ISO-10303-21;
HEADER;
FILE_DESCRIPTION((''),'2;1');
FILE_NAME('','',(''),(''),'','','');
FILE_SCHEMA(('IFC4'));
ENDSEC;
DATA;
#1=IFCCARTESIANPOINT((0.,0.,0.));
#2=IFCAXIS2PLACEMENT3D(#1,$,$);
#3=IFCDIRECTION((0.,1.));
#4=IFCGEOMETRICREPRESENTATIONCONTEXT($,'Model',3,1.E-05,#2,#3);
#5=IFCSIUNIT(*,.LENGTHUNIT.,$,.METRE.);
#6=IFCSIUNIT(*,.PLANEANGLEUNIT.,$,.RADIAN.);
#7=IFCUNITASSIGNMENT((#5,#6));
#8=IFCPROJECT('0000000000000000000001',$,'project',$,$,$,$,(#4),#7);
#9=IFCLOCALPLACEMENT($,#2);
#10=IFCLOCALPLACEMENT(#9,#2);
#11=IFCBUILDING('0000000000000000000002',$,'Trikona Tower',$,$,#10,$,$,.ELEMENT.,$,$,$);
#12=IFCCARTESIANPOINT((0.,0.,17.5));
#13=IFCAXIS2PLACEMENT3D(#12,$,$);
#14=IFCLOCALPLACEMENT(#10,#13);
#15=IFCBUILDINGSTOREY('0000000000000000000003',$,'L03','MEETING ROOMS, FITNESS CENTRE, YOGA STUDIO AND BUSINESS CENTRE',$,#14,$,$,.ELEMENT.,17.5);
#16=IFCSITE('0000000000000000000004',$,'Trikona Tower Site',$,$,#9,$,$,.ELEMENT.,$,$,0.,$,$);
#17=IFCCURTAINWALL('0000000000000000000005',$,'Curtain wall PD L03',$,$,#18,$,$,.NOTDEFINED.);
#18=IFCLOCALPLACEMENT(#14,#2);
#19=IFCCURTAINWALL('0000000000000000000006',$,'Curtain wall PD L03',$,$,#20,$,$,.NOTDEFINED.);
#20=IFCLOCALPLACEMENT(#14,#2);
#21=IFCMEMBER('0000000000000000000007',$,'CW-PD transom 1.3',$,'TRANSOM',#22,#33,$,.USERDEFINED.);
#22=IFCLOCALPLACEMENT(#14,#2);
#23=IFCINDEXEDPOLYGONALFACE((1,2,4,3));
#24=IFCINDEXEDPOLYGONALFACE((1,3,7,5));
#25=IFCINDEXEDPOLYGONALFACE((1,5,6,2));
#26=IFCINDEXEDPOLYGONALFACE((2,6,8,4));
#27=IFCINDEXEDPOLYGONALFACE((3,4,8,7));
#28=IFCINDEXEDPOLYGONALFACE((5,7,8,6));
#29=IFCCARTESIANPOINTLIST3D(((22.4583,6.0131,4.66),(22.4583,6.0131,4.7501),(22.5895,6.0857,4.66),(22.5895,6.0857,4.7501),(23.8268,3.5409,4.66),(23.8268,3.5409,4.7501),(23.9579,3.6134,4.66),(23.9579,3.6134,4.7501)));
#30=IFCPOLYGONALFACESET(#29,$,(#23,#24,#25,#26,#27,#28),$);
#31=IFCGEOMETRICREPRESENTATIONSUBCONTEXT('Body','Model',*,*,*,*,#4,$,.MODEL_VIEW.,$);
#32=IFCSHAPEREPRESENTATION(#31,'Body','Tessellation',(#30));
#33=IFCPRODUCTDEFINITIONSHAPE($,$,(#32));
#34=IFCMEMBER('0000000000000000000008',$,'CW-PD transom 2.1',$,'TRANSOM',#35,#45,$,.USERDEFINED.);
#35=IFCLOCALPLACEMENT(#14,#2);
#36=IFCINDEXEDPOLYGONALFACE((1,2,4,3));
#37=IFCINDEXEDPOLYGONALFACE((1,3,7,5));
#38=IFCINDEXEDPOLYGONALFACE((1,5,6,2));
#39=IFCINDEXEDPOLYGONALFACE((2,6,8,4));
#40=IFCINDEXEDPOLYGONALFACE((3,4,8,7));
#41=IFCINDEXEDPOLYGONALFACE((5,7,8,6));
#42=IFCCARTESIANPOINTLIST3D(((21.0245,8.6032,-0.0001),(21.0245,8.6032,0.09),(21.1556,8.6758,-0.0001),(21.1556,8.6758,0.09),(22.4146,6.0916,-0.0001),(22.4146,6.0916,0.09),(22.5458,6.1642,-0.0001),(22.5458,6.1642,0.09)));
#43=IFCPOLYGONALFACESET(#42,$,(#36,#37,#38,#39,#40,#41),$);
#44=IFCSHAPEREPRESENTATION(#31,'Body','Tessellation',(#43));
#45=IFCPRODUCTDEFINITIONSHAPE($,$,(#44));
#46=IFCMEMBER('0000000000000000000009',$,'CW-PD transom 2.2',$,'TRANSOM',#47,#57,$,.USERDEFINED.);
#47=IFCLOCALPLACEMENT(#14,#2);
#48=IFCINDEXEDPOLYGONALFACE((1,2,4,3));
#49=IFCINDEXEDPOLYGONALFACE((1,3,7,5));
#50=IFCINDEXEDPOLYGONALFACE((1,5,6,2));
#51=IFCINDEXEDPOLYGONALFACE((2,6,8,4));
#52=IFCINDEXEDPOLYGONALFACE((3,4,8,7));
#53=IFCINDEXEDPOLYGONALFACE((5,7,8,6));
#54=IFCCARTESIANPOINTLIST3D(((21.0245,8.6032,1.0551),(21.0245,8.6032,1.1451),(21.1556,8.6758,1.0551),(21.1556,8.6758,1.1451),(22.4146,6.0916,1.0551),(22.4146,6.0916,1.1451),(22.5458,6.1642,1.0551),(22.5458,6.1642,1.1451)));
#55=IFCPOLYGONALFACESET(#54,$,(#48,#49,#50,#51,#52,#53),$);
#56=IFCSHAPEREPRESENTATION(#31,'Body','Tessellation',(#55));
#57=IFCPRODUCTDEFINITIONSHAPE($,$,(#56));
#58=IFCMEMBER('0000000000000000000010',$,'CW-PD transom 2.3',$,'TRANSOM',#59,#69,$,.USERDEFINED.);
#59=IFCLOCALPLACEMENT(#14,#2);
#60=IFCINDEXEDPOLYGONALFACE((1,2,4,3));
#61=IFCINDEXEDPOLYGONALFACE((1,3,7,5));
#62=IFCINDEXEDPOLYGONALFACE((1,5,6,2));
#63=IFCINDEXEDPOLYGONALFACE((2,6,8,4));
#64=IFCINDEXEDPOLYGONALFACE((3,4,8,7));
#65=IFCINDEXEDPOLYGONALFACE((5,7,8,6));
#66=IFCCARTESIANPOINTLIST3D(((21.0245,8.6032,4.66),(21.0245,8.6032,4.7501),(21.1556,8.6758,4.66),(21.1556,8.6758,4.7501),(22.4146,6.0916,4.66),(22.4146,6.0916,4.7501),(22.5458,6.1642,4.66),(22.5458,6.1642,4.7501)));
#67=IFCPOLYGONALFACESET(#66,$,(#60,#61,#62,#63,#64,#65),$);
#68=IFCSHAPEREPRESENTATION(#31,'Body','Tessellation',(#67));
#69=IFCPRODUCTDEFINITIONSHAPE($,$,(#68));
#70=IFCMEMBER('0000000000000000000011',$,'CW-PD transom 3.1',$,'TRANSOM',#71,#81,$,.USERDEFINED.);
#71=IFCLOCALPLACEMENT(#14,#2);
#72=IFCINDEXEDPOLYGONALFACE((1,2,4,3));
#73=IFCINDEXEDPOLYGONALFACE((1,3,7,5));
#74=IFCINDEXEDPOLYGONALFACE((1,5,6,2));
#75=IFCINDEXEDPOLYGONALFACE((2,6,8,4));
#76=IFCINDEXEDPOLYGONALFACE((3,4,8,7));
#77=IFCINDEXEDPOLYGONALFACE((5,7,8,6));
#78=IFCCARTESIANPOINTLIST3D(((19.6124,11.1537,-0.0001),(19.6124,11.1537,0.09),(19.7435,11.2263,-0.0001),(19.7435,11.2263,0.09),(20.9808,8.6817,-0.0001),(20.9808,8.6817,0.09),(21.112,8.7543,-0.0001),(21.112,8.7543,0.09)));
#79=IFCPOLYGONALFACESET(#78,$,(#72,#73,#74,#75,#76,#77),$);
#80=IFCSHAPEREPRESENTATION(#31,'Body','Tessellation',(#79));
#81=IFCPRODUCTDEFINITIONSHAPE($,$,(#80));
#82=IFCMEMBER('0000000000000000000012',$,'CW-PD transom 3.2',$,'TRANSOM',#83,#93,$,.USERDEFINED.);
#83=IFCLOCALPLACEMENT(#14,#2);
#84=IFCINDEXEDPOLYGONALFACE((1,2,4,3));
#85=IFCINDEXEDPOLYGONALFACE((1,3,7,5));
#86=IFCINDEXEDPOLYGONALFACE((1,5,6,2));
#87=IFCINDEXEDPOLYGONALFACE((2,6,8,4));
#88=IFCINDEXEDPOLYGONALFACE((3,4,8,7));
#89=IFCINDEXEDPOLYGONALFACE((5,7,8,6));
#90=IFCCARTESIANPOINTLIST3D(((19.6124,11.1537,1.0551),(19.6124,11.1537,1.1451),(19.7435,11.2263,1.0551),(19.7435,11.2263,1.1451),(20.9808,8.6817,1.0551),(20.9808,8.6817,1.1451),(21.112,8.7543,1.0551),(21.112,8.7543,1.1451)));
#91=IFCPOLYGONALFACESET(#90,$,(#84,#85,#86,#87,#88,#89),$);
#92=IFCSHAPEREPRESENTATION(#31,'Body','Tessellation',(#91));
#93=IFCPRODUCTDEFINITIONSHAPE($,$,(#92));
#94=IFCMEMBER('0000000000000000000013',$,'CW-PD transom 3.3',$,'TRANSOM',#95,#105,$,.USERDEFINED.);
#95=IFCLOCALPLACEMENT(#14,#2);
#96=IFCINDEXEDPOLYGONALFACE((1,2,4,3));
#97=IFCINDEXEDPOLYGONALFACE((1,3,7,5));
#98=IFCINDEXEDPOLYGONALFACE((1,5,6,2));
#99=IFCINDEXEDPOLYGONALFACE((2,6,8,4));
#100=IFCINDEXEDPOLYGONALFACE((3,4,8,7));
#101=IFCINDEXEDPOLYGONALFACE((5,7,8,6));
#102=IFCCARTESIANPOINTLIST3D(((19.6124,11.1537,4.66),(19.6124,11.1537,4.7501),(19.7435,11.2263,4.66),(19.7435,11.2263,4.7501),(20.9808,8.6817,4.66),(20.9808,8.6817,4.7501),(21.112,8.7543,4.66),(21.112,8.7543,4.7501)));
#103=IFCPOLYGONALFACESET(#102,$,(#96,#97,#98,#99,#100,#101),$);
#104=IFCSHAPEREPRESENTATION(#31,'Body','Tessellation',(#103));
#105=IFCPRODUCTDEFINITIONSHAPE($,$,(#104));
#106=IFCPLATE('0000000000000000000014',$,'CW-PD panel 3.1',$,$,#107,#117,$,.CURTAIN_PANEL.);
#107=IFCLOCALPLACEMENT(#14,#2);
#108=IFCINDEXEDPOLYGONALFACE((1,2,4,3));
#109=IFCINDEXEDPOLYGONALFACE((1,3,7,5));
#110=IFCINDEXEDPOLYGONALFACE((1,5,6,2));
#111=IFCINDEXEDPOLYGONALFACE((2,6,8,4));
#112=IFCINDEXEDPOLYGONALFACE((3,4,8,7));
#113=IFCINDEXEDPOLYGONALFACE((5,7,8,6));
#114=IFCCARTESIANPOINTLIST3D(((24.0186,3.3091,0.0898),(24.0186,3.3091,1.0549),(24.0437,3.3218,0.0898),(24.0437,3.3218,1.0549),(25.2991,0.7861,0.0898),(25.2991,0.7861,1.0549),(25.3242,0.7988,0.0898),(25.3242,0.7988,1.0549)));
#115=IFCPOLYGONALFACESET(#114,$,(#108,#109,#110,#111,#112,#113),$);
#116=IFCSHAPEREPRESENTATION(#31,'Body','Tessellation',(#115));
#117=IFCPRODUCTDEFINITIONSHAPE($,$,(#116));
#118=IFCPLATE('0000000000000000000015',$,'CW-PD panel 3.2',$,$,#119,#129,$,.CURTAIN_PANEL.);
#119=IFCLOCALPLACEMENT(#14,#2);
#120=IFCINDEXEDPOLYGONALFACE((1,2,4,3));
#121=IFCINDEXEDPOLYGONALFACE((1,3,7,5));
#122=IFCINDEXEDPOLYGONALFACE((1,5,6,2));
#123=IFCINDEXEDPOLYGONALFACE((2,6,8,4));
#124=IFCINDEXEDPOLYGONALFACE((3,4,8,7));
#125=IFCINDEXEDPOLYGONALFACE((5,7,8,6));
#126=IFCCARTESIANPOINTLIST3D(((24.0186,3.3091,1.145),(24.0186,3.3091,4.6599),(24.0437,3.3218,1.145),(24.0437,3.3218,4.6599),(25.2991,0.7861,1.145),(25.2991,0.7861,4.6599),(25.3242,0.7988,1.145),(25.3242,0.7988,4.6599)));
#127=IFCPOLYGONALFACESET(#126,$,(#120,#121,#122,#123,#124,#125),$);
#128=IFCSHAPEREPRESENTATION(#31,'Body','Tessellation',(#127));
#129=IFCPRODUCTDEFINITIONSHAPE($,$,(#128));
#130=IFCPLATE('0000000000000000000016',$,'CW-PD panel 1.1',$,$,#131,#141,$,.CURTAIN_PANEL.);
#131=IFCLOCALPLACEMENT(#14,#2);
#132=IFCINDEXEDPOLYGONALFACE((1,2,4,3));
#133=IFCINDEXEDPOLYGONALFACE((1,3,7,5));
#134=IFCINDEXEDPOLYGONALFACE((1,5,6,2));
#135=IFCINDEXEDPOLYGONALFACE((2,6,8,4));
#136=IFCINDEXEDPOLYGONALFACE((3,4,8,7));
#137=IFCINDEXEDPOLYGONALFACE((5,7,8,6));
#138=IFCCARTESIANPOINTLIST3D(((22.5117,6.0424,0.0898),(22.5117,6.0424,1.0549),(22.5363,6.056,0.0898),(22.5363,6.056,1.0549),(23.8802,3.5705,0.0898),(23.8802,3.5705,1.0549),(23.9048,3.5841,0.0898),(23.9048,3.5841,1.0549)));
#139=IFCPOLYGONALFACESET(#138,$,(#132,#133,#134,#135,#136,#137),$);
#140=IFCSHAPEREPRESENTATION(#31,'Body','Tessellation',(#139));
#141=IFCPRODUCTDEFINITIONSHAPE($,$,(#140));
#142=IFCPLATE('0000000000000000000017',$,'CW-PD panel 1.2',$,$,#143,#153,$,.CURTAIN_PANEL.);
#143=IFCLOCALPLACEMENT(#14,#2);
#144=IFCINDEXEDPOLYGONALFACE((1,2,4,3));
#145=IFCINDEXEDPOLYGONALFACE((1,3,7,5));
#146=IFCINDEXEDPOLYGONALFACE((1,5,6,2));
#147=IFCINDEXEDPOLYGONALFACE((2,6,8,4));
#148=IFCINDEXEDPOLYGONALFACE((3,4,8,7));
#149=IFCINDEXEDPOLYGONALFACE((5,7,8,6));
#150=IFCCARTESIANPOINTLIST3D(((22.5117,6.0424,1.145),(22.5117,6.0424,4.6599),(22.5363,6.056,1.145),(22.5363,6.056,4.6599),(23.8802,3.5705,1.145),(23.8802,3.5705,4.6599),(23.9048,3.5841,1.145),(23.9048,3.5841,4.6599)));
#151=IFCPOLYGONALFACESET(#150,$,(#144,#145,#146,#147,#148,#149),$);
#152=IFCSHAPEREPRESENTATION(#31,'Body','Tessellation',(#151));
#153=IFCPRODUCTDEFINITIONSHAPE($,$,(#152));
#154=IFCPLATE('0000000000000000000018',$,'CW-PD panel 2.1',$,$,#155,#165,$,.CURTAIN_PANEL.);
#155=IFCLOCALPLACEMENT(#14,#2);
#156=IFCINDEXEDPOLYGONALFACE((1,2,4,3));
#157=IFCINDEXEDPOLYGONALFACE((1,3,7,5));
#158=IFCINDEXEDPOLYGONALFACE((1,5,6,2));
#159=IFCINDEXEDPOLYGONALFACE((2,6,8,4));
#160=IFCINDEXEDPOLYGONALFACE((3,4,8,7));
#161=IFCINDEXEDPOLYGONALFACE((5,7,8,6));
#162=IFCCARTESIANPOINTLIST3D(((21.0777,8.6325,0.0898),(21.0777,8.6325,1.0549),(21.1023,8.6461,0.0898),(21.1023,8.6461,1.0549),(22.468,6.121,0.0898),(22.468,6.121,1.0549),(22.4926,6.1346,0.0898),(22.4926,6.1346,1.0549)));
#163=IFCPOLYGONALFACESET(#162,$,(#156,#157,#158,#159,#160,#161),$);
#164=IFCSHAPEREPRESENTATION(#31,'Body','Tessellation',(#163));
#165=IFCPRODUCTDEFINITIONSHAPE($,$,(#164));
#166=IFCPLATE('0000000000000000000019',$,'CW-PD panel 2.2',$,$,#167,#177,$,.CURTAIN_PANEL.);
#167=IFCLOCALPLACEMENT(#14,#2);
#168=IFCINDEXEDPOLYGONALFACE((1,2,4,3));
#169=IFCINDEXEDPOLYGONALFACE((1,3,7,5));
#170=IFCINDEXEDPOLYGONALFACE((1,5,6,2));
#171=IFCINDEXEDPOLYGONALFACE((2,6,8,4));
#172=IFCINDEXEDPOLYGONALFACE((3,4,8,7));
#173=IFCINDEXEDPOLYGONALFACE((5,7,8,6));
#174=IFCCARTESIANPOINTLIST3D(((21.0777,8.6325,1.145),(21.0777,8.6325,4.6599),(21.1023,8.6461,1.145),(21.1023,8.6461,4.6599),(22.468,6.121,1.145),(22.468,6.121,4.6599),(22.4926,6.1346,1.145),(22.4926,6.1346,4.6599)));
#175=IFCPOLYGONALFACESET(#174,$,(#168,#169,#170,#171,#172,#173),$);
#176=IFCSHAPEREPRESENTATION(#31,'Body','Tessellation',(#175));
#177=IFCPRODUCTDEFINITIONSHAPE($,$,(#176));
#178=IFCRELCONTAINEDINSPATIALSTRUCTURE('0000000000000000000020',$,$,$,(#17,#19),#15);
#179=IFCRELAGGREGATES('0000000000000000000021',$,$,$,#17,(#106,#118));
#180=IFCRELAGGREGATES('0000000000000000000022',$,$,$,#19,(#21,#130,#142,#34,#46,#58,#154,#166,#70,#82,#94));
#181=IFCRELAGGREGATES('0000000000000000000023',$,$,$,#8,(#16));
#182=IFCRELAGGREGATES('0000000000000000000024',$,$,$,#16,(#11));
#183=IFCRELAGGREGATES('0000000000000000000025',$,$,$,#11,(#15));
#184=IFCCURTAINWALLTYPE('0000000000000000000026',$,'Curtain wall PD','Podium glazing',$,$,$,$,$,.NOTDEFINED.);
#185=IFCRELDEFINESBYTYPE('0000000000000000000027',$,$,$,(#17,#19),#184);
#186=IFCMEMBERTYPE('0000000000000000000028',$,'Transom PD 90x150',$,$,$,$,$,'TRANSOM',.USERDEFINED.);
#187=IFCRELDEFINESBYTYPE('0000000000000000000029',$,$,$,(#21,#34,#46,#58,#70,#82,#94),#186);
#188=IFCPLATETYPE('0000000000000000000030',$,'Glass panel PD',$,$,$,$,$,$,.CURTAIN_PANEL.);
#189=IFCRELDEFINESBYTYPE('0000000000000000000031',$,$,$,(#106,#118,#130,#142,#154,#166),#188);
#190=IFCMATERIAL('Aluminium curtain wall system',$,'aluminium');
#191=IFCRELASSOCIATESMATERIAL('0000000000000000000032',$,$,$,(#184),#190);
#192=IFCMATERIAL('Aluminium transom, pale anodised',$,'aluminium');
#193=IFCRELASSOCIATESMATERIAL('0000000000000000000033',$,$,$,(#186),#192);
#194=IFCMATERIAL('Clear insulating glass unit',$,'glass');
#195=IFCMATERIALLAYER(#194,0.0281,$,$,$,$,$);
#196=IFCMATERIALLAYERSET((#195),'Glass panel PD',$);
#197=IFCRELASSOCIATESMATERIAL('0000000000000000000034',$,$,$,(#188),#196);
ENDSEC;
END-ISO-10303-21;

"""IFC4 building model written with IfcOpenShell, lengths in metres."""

from ifc_helpers import new_model, si_unit, direction, frame, origin, origin_2d, place, context, subcontext, project, spatial, rectangle, extrude, material, layer, layer_set, material_profile, profile_set, type_object, element, aggregate, save


model = new_model("IFC4")

# Units and contexts
model_context = context("Model", 3, precision=1e-05, world=origin(), true_north=direction((0.0, 1.0)))
body_context = subcontext(model_context, "Body", "Model", "MODEL_VIEW")
ifc_project = project(units=[si_unit("LENGTHUNIT", "METRE"), si_unit("PLANEANGLEUNIT", "RADIAN")], contexts=[model_context])

# Site, building, storey
site_placement = place(None, origin())
site = spatial("IfcSite", under=ifc_project, at=site_placement, Name="Trikona Tower Site", CompositionType="ELEMENT", RefElevation=0.0)
building_placement = place(site_placement, origin())
building = spatial("IfcBuilding", under=site, at=building_placement, Name="Trikona Tower", CompositionType="ELEMENT")
storey_placement = place(building_placement, frame((0.0, 0.0, 17.5)))
storey = spatial("IfcBuildingStorey", under=building, at=storey_placement, Name="L03", Description="MEETING ROOMS, FITNESS CENTRE, YOGA STUDIO AND BUSINESS CENTRE", CompositionType="ELEMENT", Elevation=17.5)

# Curtain walls
ifc_material_1 = material(Name="Aluminium curtain wall system", Category="aluminium")
curtain_wall_type = type_object("IfcCurtainWallType", Name="Curtain wall PD", Description="Podium glazing", PredefinedType="NOTDEFINED", material=ifc_material_1)
curtain_wall_1_placement = place(storey_placement, origin())
curtain_wall_1 = element("IfcCurtainWall", 1, at=curtain_wall_1_placement, inside=storey, type_object=curtain_wall_type, Name="Curtain wall PD L03", PredefinedType="NOTDEFINED")
curtain_wall_2_placement = place(storey_placement, origin())
curtain_wall_2 = element("IfcCurtainWall", 2, at=curtain_wall_2_placement, inside=storey, type_object=curtain_wall_type, Name="Curtain wall PD L03", PredefinedType="NOTDEFINED")

# Members
ifc_material_2 = material(Name="Aluminium transom, pale anodised", Category="aluminium")
ifc_material_profile_1 = material_profile(ifc_material_2, rectangle(XDim=0.1499, YDim=0.0901, at=origin_2d()), Name="TRN-PD")
ifc_profile_set_1 = profile_set([ifc_material_profile_1], Name="Aluminium transom, pale anodised")
member_type_1 = type_object("IfcMemberType", Name="Transom PD 90x150", ElementType="TRANSOM", PredefinedType="USERDEFINED", material=ifc_profile_set_1)
member_1_placement = place(storey_placement, frame((23.8923, 3.5771, 4.7051), z_axis=(-0.484285, 0.87491, 0.0), x_axis=(-0.87491, -0.484285, 0.0)))
member_1 = element("IfcMember", 3, at=member_1_placement, type_object=member_type_1, Name="CW-PD transom 1.3", ObjectType="TRANSOM", PredefinedType="USERDEFINED", context=body_context, shape_type="SweptSolid", body=[
    extrude(rectangle(XDim=0.1499, YDim=0.0901, at=origin_2d()), origin(), (0.0, 0.0, 1.0), 2.8257),
])
member_2_placement = place(storey_placement, frame((22.4802, 6.1279, 0.0449), z_axis=(-0.484278, 0.874914, 0.0), x_axis=(-0.874914, -0.484278, 0.0)))
member_2 = element("IfcMember", 4, at=member_2_placement, type_object=member_type_1, Name="CW-PD transom 2.1", ObjectType="TRANSOM", PredefinedType="USERDEFINED", context=body_context, shape_type="SweptSolid", body=[
    extrude(rectangle(XDim=0.1499, YDim=0.0901, at=origin_2d()), origin(), (0.0, 0.0, 1.0), 2.8706),
])
member_3_placement = place(storey_placement, frame((22.4802, 6.1279, 1.1001), z_axis=(-0.484278, 0.874914, 0.0), x_axis=(-0.874914, -0.484278, 0.0)))
member_3 = element("IfcMember", 5, at=member_3_placement, type_object=member_type_1, Name="CW-PD transom 2.2", ObjectType="TRANSOM", PredefinedType="USERDEFINED", context=body_context, shape_type="SweptSolid", body=[
    extrude(rectangle(XDim=0.1499, YDim=0.0901, at=origin_2d()), origin(), (0.0, 0.0, 1.0), 2.8706),
])
member_4_placement = place(storey_placement, frame((22.4802, 6.1279, 4.7051), z_axis=(-0.484278, 0.874914, 0.0), x_axis=(-0.874914, -0.484278, 0.0)))
member_4 = element("IfcMember", 6, at=member_4_placement, type_object=member_type_1, Name="CW-PD transom 2.3", ObjectType="TRANSOM", PredefinedType="USERDEFINED", context=body_context, shape_type="SweptSolid", body=[
    extrude(rectangle(XDim=0.1499, YDim=0.0901, at=origin_2d()), origin(), (0.0, 0.0, 1.0), 2.8706),
])
member_5_placement = place(storey_placement, frame((21.0464, 8.718, 0.0449), z_axis=(-0.484322, 0.87489, 0.0), x_axis=(-0.87489, -0.484322, 0.0)))
member_5 = element("IfcMember", 7, at=member_5_placement, type_object=member_type_1, Name="CW-PD transom 3.1", ObjectType="TRANSOM", PredefinedType="USERDEFINED", context=body_context, shape_type="SweptSolid", body=[
    extrude(rectangle(XDim=0.1499, YDim=0.0901, at=origin_2d()), origin(), (0.0, 0.0, 1.0), 2.8254),
])
member_6_placement = place(storey_placement, frame((21.0464, 8.718, 1.1001), z_axis=(-0.484322, 0.87489, 0.0), x_axis=(-0.87489, -0.484322, 0.0)))
member_6 = element("IfcMember", 8, at=member_6_placement, type_object=member_type_1, Name="CW-PD transom 3.2", ObjectType="TRANSOM", PredefinedType="USERDEFINED", context=body_context, shape_type="SweptSolid", body=[
    extrude(rectangle(XDim=0.1499, YDim=0.0901, at=origin_2d()), origin(), (0.0, 0.0, 1.0), 2.8254),
])
member_7_placement = place(storey_placement, frame((21.0464, 8.718, 4.7051), z_axis=(-0.484322, 0.87489, 0.0), x_axis=(-0.87489, -0.484322, 0.0)))
member_7 = element("IfcMember", 9, at=member_7_placement, type_object=member_type_1, Name="CW-PD transom 3.3", ObjectType="TRANSOM", PredefinedType="USERDEFINED", context=body_context, shape_type="SweptSolid", body=[
    extrude(rectangle(XDim=0.1499, YDim=0.0901, at=origin_2d()), origin(), (0.0, 0.0, 1.0), 2.8254),
])

# Plates
ifc_material_3 = material(Name="Clear insulating glass unit", Category="glass")
ifc_layer = layer(ifc_material_3, 0.0281)
ifc_layer_set = layer_set([ifc_layer], Name="Glass panel PD")
plate_type = type_object("IfcPlateType", Name="Glass panel PD", PredefinedType="CURTAIN_PANEL", material=ifc_layer_set)
plate_1_placement = place(storey_placement, frame((24.6714, 2.054, 0.0898), z_axis=(0.0, 0.0, 1.0), x_axis=(-0.452576, 0.891726, 0.0)))
plate_1 = element("IfcPlate", 10, at=plate_1_placement, type_object=plate_type, Name="CW-PD panel 3.1", PredefinedType="CURTAIN_PANEL", context=body_context, shape_type="SweptSolid", body=[
    extrude(rectangle(XDim=2.8293, YDim=0.0281, at=origin_2d()), origin(), (0.0, 0.0, 1.0), 0.9651),
])
plate_2_placement = place(storey_placement, frame((24.6714, 2.054, 1.145), z_axis=(0.0, 0.0, 1.0), x_axis=(-0.452576, 0.891726, 0.0)))
plate_2 = element("IfcPlate", 11, at=plate_2_placement, type_object=plate_type, Name="CW-PD panel 3.2", PredefinedType="CURTAIN_PANEL", context=body_context, shape_type="SweptSolid", body=[
    extrude(rectangle(XDim=2.8293, YDim=0.0281, at=origin_2d()), origin(), (0.0, 0.0, 1.0), 3.5149),
])
aggregate(curtain_wall_1, [plate_1, plate_2])
plate_3_placement = place(storey_placement, frame((23.2083, 4.8132, 0.0898), z_axis=(0.0, 0.0, 1.0), x_axis=(-0.484332, 0.874884, 0.0)))
plate_3 = element("IfcPlate", 12, at=plate_3_placement, type_object=plate_type, Name="CW-PD panel 1.1", PredefinedType="CURTAIN_PANEL", context=body_context, shape_type="SweptSolid", body=[
    extrude(rectangle(XDim=2.8254, YDim=0.0281, at=origin_2d()), origin(), (0.0, 0.0, 1.0), 0.9651),
])
plate_4_placement = place(storey_placement, frame((23.2083, 4.8132, 1.145), z_axis=(0.0, 0.0, 1.0), x_axis=(-0.484332, 0.874884, 0.0)))
plate_4 = element("IfcPlate", 13, at=plate_4_placement, type_object=plate_type, Name="CW-PD panel 1.2", PredefinedType="CURTAIN_PANEL", context=body_context, shape_type="SweptSolid", body=[
    extrude(rectangle(XDim=2.8254, YDim=0.0281, at=origin_2d()), origin(), (0.0, 0.0, 1.0), 3.5149),
])
plate_5_placement = place(storey_placement, frame((21.7852, 7.3835, 0.0898), z_axis=(0.0, 0.0, 1.0), x_axis=(-0.484332, 0.874884, 0.0)))
plate_5 = element("IfcPlate", 14, at=plate_5_placement, type_object=plate_type, Name="CW-PD panel 2.1", PredefinedType="CURTAIN_PANEL", context=body_context, shape_type="SweptSolid", body=[
    extrude(rectangle(XDim=2.8706, YDim=0.0281, at=origin_2d()), origin(), (0.0, 0.0, 1.0), 0.9651),
])
plate_6_placement = place(storey_placement, frame((21.7852, 7.3835, 1.145), z_axis=(0.0, 0.0, 1.0), x_axis=(-0.484332, 0.874884, 0.0)))
plate_6 = element("IfcPlate", 15, at=plate_6_placement, type_object=plate_type, Name="CW-PD panel 2.2", PredefinedType="CURTAIN_PANEL", context=body_context, shape_type="SweptSolid", body=[
    extrude(rectangle(XDim=2.8706, YDim=0.0281, at=origin_2d()), origin(), (0.0, 0.0, 1.0), 3.5149),
])
aggregate(curtain_wall_2, [member_1, plate_3, plate_4, member_2, member_3, member_4, plate_5, plate_6, member_5, member_6, member_7])

save(model, "model.ifc")
